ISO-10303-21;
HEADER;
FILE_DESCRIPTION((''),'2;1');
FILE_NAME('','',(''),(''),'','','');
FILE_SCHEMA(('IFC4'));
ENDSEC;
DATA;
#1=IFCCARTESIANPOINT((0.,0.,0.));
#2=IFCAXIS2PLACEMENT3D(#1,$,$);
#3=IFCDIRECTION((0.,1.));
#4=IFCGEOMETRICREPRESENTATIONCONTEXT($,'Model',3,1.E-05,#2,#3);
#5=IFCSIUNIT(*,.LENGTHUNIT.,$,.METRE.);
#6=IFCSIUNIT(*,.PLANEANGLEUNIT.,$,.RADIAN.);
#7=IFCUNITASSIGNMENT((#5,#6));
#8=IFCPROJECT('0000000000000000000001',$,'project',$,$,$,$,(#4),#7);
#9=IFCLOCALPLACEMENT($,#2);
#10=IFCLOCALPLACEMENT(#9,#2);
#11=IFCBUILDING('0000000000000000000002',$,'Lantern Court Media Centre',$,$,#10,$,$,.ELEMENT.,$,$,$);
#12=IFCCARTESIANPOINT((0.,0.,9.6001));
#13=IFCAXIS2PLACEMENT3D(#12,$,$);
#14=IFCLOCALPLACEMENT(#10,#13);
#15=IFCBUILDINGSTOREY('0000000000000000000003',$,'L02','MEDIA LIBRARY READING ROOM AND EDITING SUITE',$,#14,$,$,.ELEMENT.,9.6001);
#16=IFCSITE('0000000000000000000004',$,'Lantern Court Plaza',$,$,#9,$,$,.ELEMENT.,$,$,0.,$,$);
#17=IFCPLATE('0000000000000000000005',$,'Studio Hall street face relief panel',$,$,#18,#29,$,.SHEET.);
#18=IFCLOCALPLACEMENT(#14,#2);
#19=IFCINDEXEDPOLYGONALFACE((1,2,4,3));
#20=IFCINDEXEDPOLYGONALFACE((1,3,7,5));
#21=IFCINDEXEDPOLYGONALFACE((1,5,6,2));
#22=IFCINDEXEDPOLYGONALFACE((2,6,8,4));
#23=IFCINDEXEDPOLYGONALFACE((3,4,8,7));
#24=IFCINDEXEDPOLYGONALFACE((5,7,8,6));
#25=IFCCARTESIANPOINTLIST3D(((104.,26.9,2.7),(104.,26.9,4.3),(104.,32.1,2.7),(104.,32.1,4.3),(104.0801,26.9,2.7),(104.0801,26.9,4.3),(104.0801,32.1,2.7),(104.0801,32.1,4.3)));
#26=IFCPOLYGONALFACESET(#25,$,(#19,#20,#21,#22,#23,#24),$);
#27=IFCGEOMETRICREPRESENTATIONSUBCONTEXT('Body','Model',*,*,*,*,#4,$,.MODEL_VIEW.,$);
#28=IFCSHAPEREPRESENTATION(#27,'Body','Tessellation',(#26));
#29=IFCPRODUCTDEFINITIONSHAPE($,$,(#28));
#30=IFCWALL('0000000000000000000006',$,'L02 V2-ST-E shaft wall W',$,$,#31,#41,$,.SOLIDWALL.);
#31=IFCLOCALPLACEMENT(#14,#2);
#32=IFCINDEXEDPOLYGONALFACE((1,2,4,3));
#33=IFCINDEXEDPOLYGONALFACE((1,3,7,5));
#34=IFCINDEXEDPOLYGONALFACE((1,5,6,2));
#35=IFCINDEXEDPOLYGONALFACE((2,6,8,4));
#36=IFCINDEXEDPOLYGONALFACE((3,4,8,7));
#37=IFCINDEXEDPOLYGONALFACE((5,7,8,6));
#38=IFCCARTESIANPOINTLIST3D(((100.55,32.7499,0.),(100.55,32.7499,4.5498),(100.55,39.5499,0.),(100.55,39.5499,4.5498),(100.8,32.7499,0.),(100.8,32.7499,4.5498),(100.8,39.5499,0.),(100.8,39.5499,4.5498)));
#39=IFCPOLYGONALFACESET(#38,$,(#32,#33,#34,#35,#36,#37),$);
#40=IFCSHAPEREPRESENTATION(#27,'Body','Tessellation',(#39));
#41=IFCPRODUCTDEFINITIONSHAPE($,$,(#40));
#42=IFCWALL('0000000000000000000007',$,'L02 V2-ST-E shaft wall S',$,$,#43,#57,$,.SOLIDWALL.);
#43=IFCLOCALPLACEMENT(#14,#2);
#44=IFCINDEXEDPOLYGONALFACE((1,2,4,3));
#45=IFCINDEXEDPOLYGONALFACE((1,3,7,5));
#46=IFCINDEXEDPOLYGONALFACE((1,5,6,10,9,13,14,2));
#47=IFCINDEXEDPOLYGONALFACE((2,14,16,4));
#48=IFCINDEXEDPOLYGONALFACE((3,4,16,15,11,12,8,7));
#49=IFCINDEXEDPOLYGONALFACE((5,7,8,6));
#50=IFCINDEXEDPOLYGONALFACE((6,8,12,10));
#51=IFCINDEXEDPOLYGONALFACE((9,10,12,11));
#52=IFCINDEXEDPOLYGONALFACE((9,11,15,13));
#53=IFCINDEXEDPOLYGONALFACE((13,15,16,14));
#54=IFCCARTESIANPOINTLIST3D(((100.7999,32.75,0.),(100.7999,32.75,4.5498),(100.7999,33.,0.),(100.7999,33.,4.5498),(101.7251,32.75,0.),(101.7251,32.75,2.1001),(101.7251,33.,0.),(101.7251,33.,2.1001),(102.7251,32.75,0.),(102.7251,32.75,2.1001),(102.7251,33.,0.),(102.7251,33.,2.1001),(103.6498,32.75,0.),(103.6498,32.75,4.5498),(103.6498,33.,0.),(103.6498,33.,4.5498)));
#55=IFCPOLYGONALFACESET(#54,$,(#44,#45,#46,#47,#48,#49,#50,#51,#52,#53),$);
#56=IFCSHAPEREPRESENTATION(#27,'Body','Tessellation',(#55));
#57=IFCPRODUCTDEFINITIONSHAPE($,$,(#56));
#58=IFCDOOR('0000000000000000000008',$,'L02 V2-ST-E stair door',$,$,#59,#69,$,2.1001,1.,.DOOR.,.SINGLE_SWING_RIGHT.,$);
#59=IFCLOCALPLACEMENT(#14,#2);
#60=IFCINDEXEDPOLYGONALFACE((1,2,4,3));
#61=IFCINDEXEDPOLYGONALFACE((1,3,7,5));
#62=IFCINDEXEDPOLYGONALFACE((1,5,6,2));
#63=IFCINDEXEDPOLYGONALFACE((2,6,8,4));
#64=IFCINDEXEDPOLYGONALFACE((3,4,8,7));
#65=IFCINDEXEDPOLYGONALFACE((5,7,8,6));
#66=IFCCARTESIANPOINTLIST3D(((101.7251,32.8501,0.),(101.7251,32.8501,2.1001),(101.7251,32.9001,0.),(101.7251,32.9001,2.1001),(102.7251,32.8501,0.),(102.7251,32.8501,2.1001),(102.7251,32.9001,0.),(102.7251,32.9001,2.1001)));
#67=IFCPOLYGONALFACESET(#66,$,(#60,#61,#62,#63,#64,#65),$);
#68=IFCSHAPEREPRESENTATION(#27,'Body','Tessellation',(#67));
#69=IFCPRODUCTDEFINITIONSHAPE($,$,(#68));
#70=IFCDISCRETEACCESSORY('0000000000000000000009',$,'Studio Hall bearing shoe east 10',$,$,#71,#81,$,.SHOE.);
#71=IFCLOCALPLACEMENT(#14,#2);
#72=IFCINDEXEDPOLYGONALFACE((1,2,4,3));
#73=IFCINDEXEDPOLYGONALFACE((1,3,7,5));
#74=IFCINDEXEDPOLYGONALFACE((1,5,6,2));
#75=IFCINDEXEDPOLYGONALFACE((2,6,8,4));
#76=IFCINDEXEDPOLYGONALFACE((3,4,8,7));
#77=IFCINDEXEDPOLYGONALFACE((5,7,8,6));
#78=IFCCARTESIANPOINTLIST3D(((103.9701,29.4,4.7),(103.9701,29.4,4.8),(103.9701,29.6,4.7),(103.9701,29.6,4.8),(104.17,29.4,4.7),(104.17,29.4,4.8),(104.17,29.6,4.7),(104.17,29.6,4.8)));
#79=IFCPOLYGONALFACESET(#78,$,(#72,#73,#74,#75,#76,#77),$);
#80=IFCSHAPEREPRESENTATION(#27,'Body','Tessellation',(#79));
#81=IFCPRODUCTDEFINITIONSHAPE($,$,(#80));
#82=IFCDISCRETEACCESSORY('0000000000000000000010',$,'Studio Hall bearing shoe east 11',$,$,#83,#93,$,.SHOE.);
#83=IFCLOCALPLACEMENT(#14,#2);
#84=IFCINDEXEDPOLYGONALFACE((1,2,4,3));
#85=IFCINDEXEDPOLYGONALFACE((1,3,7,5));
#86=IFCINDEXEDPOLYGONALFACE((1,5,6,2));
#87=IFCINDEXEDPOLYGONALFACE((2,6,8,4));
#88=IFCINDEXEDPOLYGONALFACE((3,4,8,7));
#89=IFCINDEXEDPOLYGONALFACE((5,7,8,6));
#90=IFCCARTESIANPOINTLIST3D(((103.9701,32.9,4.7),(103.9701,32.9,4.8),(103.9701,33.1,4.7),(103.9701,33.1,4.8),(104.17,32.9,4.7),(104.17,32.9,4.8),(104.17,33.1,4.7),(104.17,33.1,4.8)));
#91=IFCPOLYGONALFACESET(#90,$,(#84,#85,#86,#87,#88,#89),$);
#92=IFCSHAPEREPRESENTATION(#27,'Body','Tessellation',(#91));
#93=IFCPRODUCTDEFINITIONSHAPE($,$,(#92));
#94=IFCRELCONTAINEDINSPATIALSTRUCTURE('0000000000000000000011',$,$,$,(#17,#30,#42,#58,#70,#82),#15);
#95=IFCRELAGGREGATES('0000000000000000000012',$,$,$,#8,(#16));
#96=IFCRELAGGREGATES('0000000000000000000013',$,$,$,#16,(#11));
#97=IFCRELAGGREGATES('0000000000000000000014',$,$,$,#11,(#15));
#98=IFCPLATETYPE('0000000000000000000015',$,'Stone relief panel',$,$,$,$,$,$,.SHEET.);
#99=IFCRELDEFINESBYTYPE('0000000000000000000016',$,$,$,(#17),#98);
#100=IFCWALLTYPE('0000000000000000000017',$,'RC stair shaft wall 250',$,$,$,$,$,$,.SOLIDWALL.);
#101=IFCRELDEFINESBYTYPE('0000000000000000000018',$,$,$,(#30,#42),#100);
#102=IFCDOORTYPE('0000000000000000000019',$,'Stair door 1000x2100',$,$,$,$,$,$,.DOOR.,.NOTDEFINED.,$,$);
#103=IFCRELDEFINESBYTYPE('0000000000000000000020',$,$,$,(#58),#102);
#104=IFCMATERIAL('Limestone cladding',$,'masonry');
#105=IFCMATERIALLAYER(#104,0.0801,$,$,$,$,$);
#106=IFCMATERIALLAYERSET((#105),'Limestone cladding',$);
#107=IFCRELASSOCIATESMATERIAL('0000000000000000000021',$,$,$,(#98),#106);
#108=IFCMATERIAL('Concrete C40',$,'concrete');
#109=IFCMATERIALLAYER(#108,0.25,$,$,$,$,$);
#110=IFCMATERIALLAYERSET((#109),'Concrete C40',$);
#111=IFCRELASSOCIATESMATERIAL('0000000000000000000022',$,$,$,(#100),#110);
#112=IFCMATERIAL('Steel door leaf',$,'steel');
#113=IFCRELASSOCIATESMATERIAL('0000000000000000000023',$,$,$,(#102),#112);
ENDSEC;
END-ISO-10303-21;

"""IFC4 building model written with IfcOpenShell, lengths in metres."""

from ifc_helpers import new_model, si_unit, direction, frame, frame_2d, origin, origin_2d, place, context, subcontext, project, spatial, rectangle, extrude, material, layer, layer_set, type_object, element, fill, save


model = new_model("IFC4")

# Units and contexts
model_context = context("Model", 3, precision=1e-05, world=origin(), true_north=direction((0.0, 1.0)))
body_context = subcontext(model_context, "Body", "Model", "MODEL_VIEW")
ifc_project = project(units=[si_unit("LENGTHUNIT", "METRE"), si_unit("PLANEANGLEUNIT", "RADIAN")], contexts=[model_context])

# Site, building, storey
site_placement = place(None, origin())
site = spatial("IfcSite", under=ifc_project, at=site_placement, Name="Lantern Court Plaza", CompositionType="ELEMENT", RefElevation=0.0)
building_placement = place(site_placement, origin())
building = spatial("IfcBuilding", under=site, at=building_placement, Name="Lantern Court Media Centre", CompositionType="ELEMENT")
storey_placement = place(building_placement, frame((0.0, 0.0, 9.6001)))
storey = spatial("IfcBuildingStorey", under=building, at=storey_placement, Name="L02", Description="MEDIA LIBRARY READING ROOM AND EDITING SUITE", CompositionType="ELEMENT", Elevation=9.6001)

# Plate
ifc_material_1 = material(Name="Limestone cladding", Category="masonry")
ifc_layer_1 = layer(ifc_material_1, 0.0801)
ifc_layer_set_1 = layer_set([ifc_layer_1], Name="Limestone cladding")
plate_type = type_object("IfcPlateType", Name="Stone relief panel", PredefinedType="SHEET", material=ifc_layer_set_1)
plate_1_placement = place(storey_placement, frame((104.04, 29.5, 2.7), z_axis=(0.0, 0.0, 1.0), x_axis=(1.0, 0.0, 0.0)))
element("IfcPlate", 1, at=plate_1_placement, inside=storey, type_object=plate_type, Name="Studio Hall street face relief panel", PredefinedType="SHEET", context=body_context, shape_type="SweptSolid", body=[
    extrude(rectangle(XDim=0.0801, YDim=5.2, at=origin_2d()), origin(), (0.0, 0.0, 1.0), 1.6001),
])

# Wall
ifc_material_2 = material(Name="Concrete C40", Category="concrete")
ifc_layer_2 = layer(ifc_material_2, 0.25)
ifc_layer_set_2 = layer_set([ifc_layer_2], Name="Concrete C40")
wall_type = type_object("IfcWallType", Name="RC stair shaft wall 250", PredefinedType="SOLIDWALL", material=ifc_layer_set_2)
wall_1_placement = place(storey_placement, frame((100.675, 32.75, 0.0), z_axis=(0.0, 0.0, 1.0), x_axis=(0.0, 1.0, 0.0)))
element("IfcWall", 2, at=wall_1_placement, inside=storey, type_object=wall_type, Name="L02 V2-ST-E shaft wall W", PredefinedType="SOLIDWALL", context=body_context, shape_type="SweptSolid", body=[
    extrude(rectangle(XDim=6.8, YDim=0.25, at=frame_2d((3.3999, 0.0))), origin(), (0.0, 0.0, 1.0), 4.5498),
])

# Wall, opening, door
wall_2_placement = place(storey_placement, frame((100.8, 32.875, 0.0), z_axis=(0.0, 0.0, 1.0), x_axis=(1.0, 0.0, 0.0)))
wall_2 = element("IfcWall", 3, at=wall_2_placement, inside=storey, type_object=wall_type, Name="L02 V2-ST-E shaft wall S", PredefinedType="SOLIDWALL", context=body_context, shape_type="SweptSolid", body=[
    extrude(rectangle(XDim=2.8499, YDim=0.25, at=frame_2d((1.4248, 0.0))), origin(), (0.0, 0.0, 1.0), 4.5498),
])
opening_placement = place(wall_2_placement, frame((0.925, 0.0, 0.0)))
opening = element("IfcOpeningElement", 4, at=opening_placement, cuts=wall_2, PredefinedType="OPENING", context=body_context, shape_type="SweptSolid", body=[
    extrude(rectangle(XDim=1.0, YDim=2.1001, at=frame_2d((0.5, 1.05))), frame((0.0, 0.135, 0.0), z_axis=(0.0, -1.0, 0.0), x_axis=(1.0, 0.0, 0.0)), (0.0, 0.0, 1.0), 0.27),
])
ifc_material_3 = material(Name="Steel door leaf", Category="steel")
door_type = type_object("IfcDoorType", Name="Stair door 1000x2100", OperationType="NOTDEFINED", PredefinedType="DOOR", material=ifc_material_3)
door_placement = place(opening_placement, frame((1.0, 0.0, 0.0), z_axis=(0.0, 0.0, 1.0), x_axis=(-1.0, 0.0, 0.0)))
door = element("IfcDoor", 5, at=door_placement, inside=storey, type_object=door_type, Name="L02 V2-ST-E stair door", OperationType="SINGLE_SWING_RIGHT", OverallHeight=2.1001, OverallWidth=1.0, PredefinedType="DOOR", context=body_context, shape_type="SweptSolid", body=[
    extrude(rectangle(XDim=1.0, YDim=2.1001, at=frame_2d((0.5, 1.05))), frame((0.0, 0.0249, 0.0), z_axis=(0.0, -1.0, 0.0), x_axis=(1.0, 0.0, 0.0)), (0.0, 0.0, 1.0), 0.05),
])
fill(opening, door)

# Discrete accessories
for number, where, z_axis, x_axis, name in (
    (6, (104.0701, 29.5, 4.7), (0.0, 0.0, 1.0), (1.0, 0.0, 0.0), "Studio Hall bearing shoe east 10"),
    (7, (104.0701, 33.0, 4.7), (0.0, 0.0, 1.0), (1.0, 0.0, 0.0), "Studio Hall bearing shoe east 11"),
):
    element("IfcDiscreteAccessory", number, at=place(storey_placement, frame(where, z_axis=z_axis, x_axis=x_axis)), inside=storey, Name=name, PredefinedType="SHOE", context=body_context, shape_type="SweptSolid", body=[
        extrude(rectangle(XDim=0.2, YDim=0.2, at=origin_2d()), origin(), (0.0, 0.0, 1.0), 0.1001),
    ])

save(model, "model.ifc")
